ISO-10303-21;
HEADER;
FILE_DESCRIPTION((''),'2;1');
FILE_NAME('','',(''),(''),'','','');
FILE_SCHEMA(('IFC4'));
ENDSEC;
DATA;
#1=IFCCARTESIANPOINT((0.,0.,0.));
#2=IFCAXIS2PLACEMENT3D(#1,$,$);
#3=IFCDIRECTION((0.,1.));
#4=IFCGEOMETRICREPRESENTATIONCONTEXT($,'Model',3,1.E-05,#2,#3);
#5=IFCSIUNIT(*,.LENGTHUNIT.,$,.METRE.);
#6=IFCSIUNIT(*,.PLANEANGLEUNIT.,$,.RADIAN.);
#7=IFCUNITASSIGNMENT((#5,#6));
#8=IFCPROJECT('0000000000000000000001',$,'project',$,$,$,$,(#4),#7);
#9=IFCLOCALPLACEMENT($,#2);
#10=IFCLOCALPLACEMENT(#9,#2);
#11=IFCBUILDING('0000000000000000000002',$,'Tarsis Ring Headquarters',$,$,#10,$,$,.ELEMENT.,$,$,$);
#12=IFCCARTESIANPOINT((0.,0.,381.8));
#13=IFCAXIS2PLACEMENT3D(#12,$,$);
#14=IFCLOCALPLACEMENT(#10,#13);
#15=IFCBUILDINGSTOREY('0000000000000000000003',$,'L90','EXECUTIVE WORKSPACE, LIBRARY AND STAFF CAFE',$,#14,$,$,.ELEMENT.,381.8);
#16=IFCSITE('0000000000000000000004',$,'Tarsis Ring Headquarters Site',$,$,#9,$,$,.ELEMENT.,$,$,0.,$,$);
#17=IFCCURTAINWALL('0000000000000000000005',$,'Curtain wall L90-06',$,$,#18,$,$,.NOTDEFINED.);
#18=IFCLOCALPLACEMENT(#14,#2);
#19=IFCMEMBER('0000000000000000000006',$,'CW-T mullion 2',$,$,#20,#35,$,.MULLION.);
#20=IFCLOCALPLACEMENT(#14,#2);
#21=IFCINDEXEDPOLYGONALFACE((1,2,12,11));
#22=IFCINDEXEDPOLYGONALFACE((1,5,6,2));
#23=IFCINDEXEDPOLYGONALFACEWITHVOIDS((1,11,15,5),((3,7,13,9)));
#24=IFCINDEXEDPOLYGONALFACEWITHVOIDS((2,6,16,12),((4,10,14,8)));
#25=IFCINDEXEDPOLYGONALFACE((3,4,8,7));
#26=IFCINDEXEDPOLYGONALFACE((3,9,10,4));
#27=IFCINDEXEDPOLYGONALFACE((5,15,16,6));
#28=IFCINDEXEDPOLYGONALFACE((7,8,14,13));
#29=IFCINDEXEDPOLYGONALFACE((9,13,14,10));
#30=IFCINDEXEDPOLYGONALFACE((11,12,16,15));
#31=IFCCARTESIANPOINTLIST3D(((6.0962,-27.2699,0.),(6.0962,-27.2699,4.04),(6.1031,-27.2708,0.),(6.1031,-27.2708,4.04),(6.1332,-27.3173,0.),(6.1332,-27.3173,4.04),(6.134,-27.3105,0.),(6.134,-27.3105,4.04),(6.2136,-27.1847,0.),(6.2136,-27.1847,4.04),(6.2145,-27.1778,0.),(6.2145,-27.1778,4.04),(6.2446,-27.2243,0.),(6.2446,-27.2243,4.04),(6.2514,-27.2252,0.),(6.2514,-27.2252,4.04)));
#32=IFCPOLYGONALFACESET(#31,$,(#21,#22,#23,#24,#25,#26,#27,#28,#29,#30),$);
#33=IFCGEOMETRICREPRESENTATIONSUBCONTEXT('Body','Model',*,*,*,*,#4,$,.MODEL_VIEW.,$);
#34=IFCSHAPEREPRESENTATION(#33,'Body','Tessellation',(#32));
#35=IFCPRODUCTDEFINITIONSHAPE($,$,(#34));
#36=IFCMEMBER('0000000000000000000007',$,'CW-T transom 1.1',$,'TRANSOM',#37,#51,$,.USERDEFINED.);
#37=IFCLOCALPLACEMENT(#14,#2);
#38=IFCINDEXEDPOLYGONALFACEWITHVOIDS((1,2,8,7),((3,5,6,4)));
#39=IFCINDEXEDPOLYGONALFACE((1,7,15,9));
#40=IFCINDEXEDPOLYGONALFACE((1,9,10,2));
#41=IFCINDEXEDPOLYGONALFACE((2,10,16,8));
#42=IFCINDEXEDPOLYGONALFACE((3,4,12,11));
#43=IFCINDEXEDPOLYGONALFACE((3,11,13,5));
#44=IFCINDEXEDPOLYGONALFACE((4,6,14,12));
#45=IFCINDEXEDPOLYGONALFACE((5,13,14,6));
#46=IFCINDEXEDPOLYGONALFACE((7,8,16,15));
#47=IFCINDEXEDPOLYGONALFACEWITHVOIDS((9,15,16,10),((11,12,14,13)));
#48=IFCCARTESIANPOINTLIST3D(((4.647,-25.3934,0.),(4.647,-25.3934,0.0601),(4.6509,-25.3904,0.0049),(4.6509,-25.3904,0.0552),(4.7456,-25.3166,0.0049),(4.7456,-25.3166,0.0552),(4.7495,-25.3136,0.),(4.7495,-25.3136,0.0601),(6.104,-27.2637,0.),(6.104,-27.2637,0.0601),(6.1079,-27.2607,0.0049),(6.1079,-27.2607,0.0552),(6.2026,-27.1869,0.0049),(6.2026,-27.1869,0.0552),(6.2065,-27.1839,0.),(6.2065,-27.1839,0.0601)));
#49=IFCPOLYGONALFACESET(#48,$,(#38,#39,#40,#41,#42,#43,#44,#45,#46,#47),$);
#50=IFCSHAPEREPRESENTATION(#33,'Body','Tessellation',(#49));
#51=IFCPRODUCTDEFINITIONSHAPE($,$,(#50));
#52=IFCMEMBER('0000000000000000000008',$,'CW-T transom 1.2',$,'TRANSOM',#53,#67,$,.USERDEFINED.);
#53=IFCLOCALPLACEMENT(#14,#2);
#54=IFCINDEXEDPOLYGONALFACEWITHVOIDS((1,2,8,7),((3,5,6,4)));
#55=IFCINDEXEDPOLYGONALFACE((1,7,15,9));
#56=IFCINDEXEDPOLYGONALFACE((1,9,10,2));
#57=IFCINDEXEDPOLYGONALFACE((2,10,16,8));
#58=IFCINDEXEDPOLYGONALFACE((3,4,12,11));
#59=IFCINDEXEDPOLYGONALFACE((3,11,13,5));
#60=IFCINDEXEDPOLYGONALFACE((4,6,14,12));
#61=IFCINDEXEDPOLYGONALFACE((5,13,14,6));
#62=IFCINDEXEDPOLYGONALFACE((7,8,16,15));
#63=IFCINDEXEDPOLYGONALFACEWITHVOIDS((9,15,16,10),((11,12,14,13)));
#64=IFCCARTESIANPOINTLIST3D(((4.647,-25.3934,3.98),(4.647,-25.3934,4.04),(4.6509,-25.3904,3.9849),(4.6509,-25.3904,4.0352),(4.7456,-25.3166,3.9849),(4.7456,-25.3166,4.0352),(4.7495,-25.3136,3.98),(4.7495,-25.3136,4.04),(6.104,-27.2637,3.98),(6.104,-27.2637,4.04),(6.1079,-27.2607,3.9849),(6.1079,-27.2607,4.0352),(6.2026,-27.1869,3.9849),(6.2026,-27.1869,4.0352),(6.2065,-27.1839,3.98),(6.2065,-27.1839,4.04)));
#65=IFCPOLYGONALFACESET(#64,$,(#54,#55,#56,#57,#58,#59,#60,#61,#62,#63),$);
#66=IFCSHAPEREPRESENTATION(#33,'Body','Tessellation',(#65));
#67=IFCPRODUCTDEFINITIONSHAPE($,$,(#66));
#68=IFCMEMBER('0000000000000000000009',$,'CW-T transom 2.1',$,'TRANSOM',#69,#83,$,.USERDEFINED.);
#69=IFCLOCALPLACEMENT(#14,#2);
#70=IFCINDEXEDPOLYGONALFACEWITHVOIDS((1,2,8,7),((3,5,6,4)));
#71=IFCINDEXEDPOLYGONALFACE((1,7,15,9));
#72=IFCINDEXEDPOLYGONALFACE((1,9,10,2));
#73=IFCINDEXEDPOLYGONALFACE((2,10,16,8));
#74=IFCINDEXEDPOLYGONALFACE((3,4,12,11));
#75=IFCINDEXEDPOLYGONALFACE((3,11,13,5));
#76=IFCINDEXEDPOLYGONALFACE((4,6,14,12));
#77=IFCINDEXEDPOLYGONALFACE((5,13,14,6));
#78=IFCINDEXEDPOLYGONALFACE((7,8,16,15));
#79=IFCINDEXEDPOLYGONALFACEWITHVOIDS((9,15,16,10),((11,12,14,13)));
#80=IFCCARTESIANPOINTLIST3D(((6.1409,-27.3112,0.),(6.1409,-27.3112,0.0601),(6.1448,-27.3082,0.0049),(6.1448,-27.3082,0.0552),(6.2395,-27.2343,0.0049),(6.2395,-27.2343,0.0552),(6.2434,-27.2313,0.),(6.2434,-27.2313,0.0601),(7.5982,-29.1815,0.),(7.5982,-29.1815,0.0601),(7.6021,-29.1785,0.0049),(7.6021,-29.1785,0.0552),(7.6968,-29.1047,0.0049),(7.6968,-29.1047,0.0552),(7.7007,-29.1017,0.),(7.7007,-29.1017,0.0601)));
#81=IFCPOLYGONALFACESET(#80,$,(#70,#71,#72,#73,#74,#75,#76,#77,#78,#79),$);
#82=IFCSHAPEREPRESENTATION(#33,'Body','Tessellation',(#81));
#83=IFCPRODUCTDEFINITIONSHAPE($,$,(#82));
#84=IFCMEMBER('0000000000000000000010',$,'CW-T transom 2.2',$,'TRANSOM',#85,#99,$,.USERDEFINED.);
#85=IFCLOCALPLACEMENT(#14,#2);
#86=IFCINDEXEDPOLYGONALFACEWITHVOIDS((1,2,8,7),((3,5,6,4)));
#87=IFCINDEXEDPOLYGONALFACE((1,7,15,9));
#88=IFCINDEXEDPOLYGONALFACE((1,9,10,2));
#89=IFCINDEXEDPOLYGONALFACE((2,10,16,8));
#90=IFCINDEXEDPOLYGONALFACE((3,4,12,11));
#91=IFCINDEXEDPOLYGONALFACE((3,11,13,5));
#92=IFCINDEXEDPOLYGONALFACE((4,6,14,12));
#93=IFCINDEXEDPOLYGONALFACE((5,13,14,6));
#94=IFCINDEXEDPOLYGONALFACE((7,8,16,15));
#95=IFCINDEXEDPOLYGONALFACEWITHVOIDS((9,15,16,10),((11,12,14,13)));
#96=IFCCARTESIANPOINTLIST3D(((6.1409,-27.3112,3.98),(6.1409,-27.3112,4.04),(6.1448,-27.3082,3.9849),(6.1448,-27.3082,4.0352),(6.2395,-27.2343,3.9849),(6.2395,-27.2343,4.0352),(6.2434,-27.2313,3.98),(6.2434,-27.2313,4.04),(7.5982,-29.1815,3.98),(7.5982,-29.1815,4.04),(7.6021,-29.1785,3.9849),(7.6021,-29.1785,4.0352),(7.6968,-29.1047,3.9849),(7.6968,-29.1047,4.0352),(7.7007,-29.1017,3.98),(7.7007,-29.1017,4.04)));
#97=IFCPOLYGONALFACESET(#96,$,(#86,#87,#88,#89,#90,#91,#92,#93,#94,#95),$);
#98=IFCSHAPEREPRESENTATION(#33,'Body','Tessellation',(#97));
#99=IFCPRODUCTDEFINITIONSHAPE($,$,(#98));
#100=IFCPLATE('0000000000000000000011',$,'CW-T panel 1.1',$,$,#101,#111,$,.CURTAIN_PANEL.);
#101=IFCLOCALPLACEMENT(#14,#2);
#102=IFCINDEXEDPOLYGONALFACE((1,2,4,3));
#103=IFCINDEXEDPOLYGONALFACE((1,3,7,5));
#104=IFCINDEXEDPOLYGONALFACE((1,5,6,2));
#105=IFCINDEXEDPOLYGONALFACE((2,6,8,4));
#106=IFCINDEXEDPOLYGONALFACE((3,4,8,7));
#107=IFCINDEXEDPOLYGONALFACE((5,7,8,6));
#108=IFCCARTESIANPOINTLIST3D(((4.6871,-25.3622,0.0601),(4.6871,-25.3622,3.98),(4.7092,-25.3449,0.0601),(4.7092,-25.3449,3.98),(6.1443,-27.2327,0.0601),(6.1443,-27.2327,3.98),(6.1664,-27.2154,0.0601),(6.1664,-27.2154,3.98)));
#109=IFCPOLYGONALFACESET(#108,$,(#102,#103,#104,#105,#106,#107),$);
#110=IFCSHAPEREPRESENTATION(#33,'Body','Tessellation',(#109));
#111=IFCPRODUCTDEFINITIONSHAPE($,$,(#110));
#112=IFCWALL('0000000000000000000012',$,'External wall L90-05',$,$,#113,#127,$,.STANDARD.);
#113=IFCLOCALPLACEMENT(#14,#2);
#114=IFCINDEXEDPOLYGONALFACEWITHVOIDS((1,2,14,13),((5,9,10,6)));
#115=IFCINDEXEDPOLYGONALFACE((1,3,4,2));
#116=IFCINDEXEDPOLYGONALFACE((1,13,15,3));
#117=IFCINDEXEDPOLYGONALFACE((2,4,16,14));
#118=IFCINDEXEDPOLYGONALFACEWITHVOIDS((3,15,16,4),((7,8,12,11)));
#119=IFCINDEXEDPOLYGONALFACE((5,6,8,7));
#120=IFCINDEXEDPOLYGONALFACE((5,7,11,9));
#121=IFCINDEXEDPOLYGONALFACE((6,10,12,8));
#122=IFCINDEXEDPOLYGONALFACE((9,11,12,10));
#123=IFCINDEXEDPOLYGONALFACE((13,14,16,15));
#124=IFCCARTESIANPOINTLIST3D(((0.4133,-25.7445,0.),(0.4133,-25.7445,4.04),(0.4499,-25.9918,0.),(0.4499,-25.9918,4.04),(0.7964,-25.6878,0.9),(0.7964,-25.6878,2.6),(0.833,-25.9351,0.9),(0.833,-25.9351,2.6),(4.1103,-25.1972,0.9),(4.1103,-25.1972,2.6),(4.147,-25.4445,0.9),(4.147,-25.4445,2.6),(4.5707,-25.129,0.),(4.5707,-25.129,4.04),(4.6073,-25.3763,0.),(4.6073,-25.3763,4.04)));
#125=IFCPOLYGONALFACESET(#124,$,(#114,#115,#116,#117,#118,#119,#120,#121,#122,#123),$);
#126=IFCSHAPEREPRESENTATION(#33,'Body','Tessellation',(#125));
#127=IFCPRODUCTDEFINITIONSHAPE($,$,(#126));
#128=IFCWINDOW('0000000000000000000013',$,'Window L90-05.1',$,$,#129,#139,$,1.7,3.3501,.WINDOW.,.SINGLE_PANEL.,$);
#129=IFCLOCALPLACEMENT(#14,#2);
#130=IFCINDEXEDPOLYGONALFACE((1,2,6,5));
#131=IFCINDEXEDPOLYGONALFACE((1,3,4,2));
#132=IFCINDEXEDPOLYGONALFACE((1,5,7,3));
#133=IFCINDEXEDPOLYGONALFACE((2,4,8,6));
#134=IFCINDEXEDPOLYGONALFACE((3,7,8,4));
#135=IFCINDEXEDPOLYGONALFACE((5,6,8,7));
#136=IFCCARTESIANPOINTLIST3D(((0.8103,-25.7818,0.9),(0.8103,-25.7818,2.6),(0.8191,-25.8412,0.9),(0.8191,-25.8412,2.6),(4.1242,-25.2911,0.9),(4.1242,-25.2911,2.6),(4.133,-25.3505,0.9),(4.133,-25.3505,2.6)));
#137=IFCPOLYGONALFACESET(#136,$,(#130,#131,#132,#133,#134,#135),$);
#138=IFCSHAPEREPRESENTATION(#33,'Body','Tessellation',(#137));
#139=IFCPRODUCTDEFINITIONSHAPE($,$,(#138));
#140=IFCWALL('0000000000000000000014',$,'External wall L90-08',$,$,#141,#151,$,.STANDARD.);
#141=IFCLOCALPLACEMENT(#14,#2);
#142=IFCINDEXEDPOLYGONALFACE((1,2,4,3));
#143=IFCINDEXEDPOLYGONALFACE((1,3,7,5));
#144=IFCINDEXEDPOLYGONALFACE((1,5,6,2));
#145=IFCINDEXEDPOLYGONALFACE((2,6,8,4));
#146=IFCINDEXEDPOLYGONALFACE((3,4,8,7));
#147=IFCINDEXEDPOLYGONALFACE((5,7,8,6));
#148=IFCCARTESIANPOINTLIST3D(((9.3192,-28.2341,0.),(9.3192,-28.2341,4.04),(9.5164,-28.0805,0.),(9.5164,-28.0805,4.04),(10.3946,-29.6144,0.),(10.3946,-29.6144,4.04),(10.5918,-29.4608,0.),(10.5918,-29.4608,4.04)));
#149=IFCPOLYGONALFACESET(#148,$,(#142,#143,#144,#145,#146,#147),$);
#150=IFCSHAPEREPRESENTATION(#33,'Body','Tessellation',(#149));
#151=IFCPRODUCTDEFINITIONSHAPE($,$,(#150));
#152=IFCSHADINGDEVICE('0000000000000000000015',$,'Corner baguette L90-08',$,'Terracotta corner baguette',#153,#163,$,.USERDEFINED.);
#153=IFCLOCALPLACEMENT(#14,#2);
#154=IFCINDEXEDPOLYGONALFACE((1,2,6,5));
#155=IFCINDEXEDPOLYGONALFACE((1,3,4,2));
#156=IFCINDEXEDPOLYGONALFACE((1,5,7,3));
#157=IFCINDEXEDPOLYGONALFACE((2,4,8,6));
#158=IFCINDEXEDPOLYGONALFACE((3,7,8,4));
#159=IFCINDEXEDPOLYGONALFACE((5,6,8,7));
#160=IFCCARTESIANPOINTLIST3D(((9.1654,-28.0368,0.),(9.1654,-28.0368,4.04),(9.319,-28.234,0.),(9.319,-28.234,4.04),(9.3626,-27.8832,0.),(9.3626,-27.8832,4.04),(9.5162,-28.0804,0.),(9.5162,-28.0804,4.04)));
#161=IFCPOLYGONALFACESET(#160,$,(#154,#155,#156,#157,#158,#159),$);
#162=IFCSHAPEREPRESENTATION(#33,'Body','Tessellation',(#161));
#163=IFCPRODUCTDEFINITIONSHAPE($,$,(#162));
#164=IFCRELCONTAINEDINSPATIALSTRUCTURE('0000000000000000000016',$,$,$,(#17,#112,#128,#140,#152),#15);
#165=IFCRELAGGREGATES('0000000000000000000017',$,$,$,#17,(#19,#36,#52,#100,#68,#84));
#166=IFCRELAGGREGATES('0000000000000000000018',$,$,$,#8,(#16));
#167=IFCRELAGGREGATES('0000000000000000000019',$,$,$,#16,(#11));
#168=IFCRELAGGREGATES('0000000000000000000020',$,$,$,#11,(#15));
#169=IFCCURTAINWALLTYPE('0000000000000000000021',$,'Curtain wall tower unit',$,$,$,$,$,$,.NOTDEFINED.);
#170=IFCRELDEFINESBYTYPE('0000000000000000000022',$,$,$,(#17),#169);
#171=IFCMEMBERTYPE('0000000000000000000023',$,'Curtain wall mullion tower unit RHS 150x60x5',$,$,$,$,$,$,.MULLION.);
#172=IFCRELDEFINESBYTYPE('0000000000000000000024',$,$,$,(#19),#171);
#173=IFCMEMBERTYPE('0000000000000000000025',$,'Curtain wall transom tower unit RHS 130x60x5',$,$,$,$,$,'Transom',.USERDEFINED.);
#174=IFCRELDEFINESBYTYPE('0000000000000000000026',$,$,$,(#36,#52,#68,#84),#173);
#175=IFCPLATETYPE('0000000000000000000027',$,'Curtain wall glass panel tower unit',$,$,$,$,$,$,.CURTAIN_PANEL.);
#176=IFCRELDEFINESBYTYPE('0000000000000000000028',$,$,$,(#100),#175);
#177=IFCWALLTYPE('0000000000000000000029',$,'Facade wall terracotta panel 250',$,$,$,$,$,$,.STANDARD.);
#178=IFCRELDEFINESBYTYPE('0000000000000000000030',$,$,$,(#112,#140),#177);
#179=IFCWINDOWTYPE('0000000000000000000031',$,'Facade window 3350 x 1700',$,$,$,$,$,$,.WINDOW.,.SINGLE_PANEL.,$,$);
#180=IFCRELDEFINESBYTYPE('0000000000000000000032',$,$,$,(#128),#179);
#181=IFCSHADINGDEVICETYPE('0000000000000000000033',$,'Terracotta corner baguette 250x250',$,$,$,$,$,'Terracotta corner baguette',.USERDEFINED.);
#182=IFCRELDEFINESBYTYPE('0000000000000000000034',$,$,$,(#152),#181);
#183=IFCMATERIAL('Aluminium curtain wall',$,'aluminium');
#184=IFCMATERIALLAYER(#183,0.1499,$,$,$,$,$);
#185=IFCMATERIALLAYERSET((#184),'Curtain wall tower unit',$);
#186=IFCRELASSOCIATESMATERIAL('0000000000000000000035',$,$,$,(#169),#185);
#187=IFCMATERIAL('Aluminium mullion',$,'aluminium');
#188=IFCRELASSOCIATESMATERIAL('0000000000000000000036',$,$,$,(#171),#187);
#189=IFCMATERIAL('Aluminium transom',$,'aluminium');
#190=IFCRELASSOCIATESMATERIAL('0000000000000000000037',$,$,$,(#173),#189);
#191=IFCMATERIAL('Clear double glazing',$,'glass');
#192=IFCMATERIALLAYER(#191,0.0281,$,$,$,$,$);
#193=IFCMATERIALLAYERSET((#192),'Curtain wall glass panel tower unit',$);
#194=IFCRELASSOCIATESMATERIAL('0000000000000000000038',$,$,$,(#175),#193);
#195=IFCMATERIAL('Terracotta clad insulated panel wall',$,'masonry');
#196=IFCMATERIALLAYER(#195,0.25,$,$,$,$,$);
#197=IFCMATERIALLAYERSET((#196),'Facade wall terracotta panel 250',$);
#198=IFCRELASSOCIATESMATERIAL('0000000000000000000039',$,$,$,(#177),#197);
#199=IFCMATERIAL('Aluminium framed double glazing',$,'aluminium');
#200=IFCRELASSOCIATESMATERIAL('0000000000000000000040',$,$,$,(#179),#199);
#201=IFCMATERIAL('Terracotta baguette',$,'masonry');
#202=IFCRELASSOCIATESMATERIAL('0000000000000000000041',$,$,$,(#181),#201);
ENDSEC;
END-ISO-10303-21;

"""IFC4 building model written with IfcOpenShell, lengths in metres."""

from ifc_helpers import new_model, si_unit, direction, frame, frame_2d, origin, origin_2d, place, context, subcontext, project, spatial, rectangle, hollow_rectangle, extrude, material, layer, layer_set, material_profile, profile_set, type_object, element, fill, aggregate, save


model = new_model("IFC4")

# Units and contexts
model_context = context("Model", 3, precision=1e-05, world=origin(), true_north=direction((0.0, 1.0)))
body_context = subcontext(model_context, "Body", "Model", "MODEL_VIEW")
ifc_project = project(units=[si_unit("LENGTHUNIT", "METRE"), si_unit("PLANEANGLEUNIT", "RADIAN")], contexts=[model_context])

# Site, building, storey
site_placement = place(None, origin())
site = spatial("IfcSite", under=ifc_project, at=site_placement, Name="Tarsis Ring Headquarters Site", CompositionType="ELEMENT", RefElevation=0.0)
building_placement = place(site_placement, origin())
building = spatial("IfcBuilding", under=site, at=building_placement, Name="Tarsis Ring Headquarters", CompositionType="ELEMENT")
storey_placement = place(building_placement, frame((0.0, 0.0, 381.8)))
storey = spatial("IfcBuildingStorey", under=building, at=storey_placement, Name="L90", Description="EXECUTIVE WORKSPACE, LIBRARY AND STAFF CAFE", CompositionType="ELEMENT", Elevation=381.8)

# Curtain wall, members, plate
ifc_material_1 = material(Name="Aluminium curtain wall", Category="aluminium")
ifc_layer_1 = layer(ifc_material_1, 0.1499)
ifc_layer_set_1 = layer_set([ifc_layer_1], Name="Curtain wall tower unit")
curtain_wall_type = type_object("IfcCurtainWallType", Name="Curtain wall tower unit", PredefinedType="NOTDEFINED", material=ifc_layer_set_1)
curtain_wall_placement = place(storey_placement, origin())
curtain_wall = element("IfcCurtainWall", 1, at=curtain_wall_placement, inside=storey, type_object=curtain_wall_type, Name="Curtain wall L90-06", PredefinedType="NOTDEFINED")
ifc_material_2 = material(Name="Aluminium mullion", Category="aluminium")
ifc_material_profile_1 = material_profile(ifc_material_2, hollow_rectangle(XDim=0.1499, YDim=0.0601, WallThickness=0.0049, at=origin_2d()), Name="RHS 150x60x5")
ifc_profile_set_1 = profile_set([ifc_material_profile_1], Name="Aluminium mullion")
member_type_1 = type_object("IfcMemberType", Name="Curtain wall mullion tower unit RHS 150x60x5", PredefinedType="MULLION", material=ifc_profile_set_1)
member_1_placement = place(storey_placement, frame((6.1738, -27.2476, 0.0), z_axis=(0.0, 0.0, 1.0), x_axis=(0.78887, 0.614561, 0.0)))
member_1 = element("IfcMember", 2, at=member_1_placement, type_object=member_type_1, Name="CW-T mullion 2", PredefinedType="MULLION", context=body_context, shape_type="SweptSolid", body=[
    extrude(hollow_rectangle(XDim=0.1499, YDim=0.0601, WallThickness=0.0049, at=origin_2d()), origin(), (0.0, 0.0, 1.0), 4.04),
])
ifc_material_3 = material(Name="Aluminium transom", Category="aluminium")
ifc_material_profile_2 = material_profile(ifc_material_3, hollow_rectangle(XDim=0.1299, YDim=0.0601, WallThickness=0.0049, at=origin_2d()), Name="RHS 130x60x5")
ifc_profile_set_2 = profile_set([ifc_material_profile_2], Name="Aluminium transom")
member_type_2 = type_object("IfcMemberType", Name="Curtain wall transom tower unit RHS 130x60x5", ElementType="Transom", PredefinedType="USERDEFINED", material=ifc_profile_set_2)
member_2_placement = place(storey_placement, frame((4.6982, -25.3535, 0.03), z_axis=(0.614546, -0.788881, 0.0), x_axis=(0.788881, 0.614546, 0.0)))
member_2 = element("IfcMember", 3, at=member_2_placement, type_object=member_type_2, Name="CW-T transom 1.1", ObjectType="TRANSOM", PredefinedType="USERDEFINED", context=body_context, shape_type="SweptSolid", body=[
    extrude(hollow_rectangle(XDim=0.1299, YDim=0.0601, WallThickness=0.0049, at=origin_2d()), origin(), (0.0, 0.0, 1.0), 2.3708),
])
member_3_placement = place(storey_placement, frame((4.6982, -25.3535, 4.01), z_axis=(0.614546, -0.788881, 0.0), x_axis=(0.788881, 0.614546, 0.0)))
member_3 = element("IfcMember", 4, at=member_3_placement, type_object=member_type_2, Name="CW-T transom 1.2", ObjectType="TRANSOM", PredefinedType="USERDEFINED", context=body_context, shape_type="SweptSolid", body=[
    extrude(hollow_rectangle(XDim=0.1299, YDim=0.0601, WallThickness=0.0049, at=origin_2d()), origin(), (0.0, 0.0, 1.0), 2.3708),
])
member_4_placement = place(storey_placement, frame((6.1921, -27.2712, 0.03), z_axis=(0.61461, -0.788831, 0.0), x_axis=(0.788831, 0.61461, 0.0)))
member_4 = element("IfcMember", 5, at=member_4_placement, type_object=member_type_2, Name="CW-T transom 2.1", ObjectType="TRANSOM", PredefinedType="USERDEFINED", context=body_context, shape_type="SweptSolid", body=[
    extrude(hollow_rectangle(XDim=0.1299, YDim=0.0601, WallThickness=0.0049, at=origin_2d()), origin(), (0.0, 0.0, 1.0), 2.3711),
])
member_5_placement = place(storey_placement, frame((6.1921, -27.2712, 4.01), z_axis=(0.61461, -0.788831, 0.0), x_axis=(0.788831, 0.61461, 0.0)))
member_5 = element("IfcMember", 6, at=member_5_placement, type_object=member_type_2, Name="CW-T transom 2.2", ObjectType="TRANSOM", PredefinedType="USERDEFINED", context=body_context, shape_type="SweptSolid", body=[
    extrude(hollow_rectangle(XDim=0.1299, YDim=0.0601, WallThickness=0.0049, at=origin_2d()), origin(), (0.0, 0.0, 1.0), 2.3711),
])
ifc_material_4 = material(Name="Clear double glazing", Category="glass")
ifc_layer_2 = layer(ifc_material_4, 0.0281)
ifc_layer_set_2 = layer_set([ifc_layer_2], Name="Curtain wall glass panel tower unit")
plate_type = type_object("IfcPlateType", Name="Curtain wall glass panel tower unit", PredefinedType="CURTAIN_PANEL", material=ifc_layer_set_2)
plate_placement = place(storey_placement, frame((5.4268, -26.2888, 0.0601), z_axis=(0.0, 0.0, 1.0), x_axis=(0.614561, -0.78887, 0.0)))
plate = element("IfcPlate", 7, at=plate_placement, type_object=plate_type, Name="CW-T panel 1.1", PredefinedType="CURTAIN_PANEL", context=body_context, shape_type="SweptSolid", body=[
    extrude(rectangle(XDim=2.3711, YDim=0.0281, at=origin_2d()), origin(), (0.0, 0.0, 1.0), 3.9199),
])
aggregate(curtain_wall, [member_1, member_2, member_3, plate, member_4, member_5])

# Wall, opening, window
ifc_material_5 = material(Name="Terracotta clad insulated panel wall", Category="masonry")
ifc_layer_3 = layer(ifc_material_5, 0.25)
ifc_layer_set_3 = layer_set([ifc_layer_3], Name="Facade wall terracotta panel 250")
wall_type = type_object("IfcWallType", Name="Facade wall terracotta panel 250", PredefinedType="STANDARD", material=ifc_layer_set_3)
wall_1_placement = place(storey_placement, frame((0.4316, -25.8682, 0.0), z_axis=(0.0, 0.0, 1.0), x_axis=(0.989217, 0.146454, 0.0)))
wall_1 = element("IfcWall", 8, at=wall_1_placement, inside=storey, type_object=wall_type, Name="External wall L90-05", PredefinedType="STANDARD", context=body_context, shape_type="SweptSolid", body=[
    extrude(rectangle(XDim=4.2026, YDim=0.25, at=frame_2d((2.1013, 0.0))), origin(), (0.0, 0.0, 1.0), 4.04),
])
opening_placement = place(wall_1_placement, frame((0.3872, 0.0, 0.8999)))
opening = element("IfcOpeningElement", 9, at=opening_placement, cuts=wall_1, PredefinedType="OPENING", context=body_context, shape_type="SweptSolid", body=[
    extrude(rectangle(XDim=3.3501, YDim=1.7, at=frame_2d((1.675, 0.8501))), frame((0.0, 0.135, 0.0), z_axis=(0.0, -1.0, 0.0), x_axis=(1.0, 0.0, 0.0)), (0.0, 0.0, 1.0), 0.27),
])
ifc_material_6 = material(Name="Aluminium framed double glazing", Category="aluminium")
window_type = type_object("IfcWindowType", Name="Facade window 3350 x 1700", PartitioningType="SINGLE_PANEL", PredefinedType="WINDOW", material=ifc_material_6)
window_placement = place(opening_placement, origin())
window = element("IfcWindow", 10, at=window_placement, inside=storey, type_object=window_type, Name="Window L90-05.1", OverallHeight=1.7, OverallWidth=3.3501, PartitioningType="SINGLE_PANEL", PredefinedType="WINDOW", context=body_context, shape_type="SweptSolid", body=[
    extrude(rectangle(XDim=3.3501, YDim=1.7, at=frame_2d((1.675, 0.8501))), frame((0.0, 0.03, 0.0), z_axis=(0.0, -1.0, 0.0), x_axis=(1.0, 0.0, 0.0)), (0.0, 0.0, 1.0), 0.0601),
])
fill(opening, window)

# Wall
wall_2_placement = place(storey_placement, frame((9.4177, -28.1572, 0.0), z_axis=(0.0, 0.0, 1.0), x_axis=(0.614588, -0.788849, 0.0)))
element("IfcWall", 11, at=wall_2_placement, inside=storey, type_object=wall_type, Name="External wall L90-08", PredefinedType="STANDARD", context=body_context, shape_type="SweptSolid", body=[
    extrude(rectangle(XDim=1.7498, YDim=0.25, at=frame_2d((0.875, 0.0))), origin(), (0.0, 0.0, 1.0), 4.04),
])

# Shading device
ifc_material_7 = material(Name="Terracotta baguette", Category="masonry")
shading_device_type = type_object("IfcShadingDeviceType", Name="Terracotta corner baguette 250x250", ElementType="Terracotta corner baguette", PredefinedType="USERDEFINED", material=ifc_material_7)
shading_device_placement = place(storey_placement, frame((9.3408, -28.0586, 0.0), z_axis=(0.0, 0.0, 1.0), x_axis=(0.78887, 0.614561, 0.0)))
element("IfcShadingDevice", 12, at=shading_device_placement, inside=storey, type_object=shading_device_type, Name="Corner baguette L90-08", ObjectType="Terracotta corner baguette", PredefinedType="USERDEFINED", context=body_context, shape_type="SweptSolid", body=[
    extrude(rectangle(XDim=0.25, YDim=0.25, at=origin_2d()), origin(), (0.0, 0.0, 1.0), 4.04),
])

save(model, "model.ifc")
